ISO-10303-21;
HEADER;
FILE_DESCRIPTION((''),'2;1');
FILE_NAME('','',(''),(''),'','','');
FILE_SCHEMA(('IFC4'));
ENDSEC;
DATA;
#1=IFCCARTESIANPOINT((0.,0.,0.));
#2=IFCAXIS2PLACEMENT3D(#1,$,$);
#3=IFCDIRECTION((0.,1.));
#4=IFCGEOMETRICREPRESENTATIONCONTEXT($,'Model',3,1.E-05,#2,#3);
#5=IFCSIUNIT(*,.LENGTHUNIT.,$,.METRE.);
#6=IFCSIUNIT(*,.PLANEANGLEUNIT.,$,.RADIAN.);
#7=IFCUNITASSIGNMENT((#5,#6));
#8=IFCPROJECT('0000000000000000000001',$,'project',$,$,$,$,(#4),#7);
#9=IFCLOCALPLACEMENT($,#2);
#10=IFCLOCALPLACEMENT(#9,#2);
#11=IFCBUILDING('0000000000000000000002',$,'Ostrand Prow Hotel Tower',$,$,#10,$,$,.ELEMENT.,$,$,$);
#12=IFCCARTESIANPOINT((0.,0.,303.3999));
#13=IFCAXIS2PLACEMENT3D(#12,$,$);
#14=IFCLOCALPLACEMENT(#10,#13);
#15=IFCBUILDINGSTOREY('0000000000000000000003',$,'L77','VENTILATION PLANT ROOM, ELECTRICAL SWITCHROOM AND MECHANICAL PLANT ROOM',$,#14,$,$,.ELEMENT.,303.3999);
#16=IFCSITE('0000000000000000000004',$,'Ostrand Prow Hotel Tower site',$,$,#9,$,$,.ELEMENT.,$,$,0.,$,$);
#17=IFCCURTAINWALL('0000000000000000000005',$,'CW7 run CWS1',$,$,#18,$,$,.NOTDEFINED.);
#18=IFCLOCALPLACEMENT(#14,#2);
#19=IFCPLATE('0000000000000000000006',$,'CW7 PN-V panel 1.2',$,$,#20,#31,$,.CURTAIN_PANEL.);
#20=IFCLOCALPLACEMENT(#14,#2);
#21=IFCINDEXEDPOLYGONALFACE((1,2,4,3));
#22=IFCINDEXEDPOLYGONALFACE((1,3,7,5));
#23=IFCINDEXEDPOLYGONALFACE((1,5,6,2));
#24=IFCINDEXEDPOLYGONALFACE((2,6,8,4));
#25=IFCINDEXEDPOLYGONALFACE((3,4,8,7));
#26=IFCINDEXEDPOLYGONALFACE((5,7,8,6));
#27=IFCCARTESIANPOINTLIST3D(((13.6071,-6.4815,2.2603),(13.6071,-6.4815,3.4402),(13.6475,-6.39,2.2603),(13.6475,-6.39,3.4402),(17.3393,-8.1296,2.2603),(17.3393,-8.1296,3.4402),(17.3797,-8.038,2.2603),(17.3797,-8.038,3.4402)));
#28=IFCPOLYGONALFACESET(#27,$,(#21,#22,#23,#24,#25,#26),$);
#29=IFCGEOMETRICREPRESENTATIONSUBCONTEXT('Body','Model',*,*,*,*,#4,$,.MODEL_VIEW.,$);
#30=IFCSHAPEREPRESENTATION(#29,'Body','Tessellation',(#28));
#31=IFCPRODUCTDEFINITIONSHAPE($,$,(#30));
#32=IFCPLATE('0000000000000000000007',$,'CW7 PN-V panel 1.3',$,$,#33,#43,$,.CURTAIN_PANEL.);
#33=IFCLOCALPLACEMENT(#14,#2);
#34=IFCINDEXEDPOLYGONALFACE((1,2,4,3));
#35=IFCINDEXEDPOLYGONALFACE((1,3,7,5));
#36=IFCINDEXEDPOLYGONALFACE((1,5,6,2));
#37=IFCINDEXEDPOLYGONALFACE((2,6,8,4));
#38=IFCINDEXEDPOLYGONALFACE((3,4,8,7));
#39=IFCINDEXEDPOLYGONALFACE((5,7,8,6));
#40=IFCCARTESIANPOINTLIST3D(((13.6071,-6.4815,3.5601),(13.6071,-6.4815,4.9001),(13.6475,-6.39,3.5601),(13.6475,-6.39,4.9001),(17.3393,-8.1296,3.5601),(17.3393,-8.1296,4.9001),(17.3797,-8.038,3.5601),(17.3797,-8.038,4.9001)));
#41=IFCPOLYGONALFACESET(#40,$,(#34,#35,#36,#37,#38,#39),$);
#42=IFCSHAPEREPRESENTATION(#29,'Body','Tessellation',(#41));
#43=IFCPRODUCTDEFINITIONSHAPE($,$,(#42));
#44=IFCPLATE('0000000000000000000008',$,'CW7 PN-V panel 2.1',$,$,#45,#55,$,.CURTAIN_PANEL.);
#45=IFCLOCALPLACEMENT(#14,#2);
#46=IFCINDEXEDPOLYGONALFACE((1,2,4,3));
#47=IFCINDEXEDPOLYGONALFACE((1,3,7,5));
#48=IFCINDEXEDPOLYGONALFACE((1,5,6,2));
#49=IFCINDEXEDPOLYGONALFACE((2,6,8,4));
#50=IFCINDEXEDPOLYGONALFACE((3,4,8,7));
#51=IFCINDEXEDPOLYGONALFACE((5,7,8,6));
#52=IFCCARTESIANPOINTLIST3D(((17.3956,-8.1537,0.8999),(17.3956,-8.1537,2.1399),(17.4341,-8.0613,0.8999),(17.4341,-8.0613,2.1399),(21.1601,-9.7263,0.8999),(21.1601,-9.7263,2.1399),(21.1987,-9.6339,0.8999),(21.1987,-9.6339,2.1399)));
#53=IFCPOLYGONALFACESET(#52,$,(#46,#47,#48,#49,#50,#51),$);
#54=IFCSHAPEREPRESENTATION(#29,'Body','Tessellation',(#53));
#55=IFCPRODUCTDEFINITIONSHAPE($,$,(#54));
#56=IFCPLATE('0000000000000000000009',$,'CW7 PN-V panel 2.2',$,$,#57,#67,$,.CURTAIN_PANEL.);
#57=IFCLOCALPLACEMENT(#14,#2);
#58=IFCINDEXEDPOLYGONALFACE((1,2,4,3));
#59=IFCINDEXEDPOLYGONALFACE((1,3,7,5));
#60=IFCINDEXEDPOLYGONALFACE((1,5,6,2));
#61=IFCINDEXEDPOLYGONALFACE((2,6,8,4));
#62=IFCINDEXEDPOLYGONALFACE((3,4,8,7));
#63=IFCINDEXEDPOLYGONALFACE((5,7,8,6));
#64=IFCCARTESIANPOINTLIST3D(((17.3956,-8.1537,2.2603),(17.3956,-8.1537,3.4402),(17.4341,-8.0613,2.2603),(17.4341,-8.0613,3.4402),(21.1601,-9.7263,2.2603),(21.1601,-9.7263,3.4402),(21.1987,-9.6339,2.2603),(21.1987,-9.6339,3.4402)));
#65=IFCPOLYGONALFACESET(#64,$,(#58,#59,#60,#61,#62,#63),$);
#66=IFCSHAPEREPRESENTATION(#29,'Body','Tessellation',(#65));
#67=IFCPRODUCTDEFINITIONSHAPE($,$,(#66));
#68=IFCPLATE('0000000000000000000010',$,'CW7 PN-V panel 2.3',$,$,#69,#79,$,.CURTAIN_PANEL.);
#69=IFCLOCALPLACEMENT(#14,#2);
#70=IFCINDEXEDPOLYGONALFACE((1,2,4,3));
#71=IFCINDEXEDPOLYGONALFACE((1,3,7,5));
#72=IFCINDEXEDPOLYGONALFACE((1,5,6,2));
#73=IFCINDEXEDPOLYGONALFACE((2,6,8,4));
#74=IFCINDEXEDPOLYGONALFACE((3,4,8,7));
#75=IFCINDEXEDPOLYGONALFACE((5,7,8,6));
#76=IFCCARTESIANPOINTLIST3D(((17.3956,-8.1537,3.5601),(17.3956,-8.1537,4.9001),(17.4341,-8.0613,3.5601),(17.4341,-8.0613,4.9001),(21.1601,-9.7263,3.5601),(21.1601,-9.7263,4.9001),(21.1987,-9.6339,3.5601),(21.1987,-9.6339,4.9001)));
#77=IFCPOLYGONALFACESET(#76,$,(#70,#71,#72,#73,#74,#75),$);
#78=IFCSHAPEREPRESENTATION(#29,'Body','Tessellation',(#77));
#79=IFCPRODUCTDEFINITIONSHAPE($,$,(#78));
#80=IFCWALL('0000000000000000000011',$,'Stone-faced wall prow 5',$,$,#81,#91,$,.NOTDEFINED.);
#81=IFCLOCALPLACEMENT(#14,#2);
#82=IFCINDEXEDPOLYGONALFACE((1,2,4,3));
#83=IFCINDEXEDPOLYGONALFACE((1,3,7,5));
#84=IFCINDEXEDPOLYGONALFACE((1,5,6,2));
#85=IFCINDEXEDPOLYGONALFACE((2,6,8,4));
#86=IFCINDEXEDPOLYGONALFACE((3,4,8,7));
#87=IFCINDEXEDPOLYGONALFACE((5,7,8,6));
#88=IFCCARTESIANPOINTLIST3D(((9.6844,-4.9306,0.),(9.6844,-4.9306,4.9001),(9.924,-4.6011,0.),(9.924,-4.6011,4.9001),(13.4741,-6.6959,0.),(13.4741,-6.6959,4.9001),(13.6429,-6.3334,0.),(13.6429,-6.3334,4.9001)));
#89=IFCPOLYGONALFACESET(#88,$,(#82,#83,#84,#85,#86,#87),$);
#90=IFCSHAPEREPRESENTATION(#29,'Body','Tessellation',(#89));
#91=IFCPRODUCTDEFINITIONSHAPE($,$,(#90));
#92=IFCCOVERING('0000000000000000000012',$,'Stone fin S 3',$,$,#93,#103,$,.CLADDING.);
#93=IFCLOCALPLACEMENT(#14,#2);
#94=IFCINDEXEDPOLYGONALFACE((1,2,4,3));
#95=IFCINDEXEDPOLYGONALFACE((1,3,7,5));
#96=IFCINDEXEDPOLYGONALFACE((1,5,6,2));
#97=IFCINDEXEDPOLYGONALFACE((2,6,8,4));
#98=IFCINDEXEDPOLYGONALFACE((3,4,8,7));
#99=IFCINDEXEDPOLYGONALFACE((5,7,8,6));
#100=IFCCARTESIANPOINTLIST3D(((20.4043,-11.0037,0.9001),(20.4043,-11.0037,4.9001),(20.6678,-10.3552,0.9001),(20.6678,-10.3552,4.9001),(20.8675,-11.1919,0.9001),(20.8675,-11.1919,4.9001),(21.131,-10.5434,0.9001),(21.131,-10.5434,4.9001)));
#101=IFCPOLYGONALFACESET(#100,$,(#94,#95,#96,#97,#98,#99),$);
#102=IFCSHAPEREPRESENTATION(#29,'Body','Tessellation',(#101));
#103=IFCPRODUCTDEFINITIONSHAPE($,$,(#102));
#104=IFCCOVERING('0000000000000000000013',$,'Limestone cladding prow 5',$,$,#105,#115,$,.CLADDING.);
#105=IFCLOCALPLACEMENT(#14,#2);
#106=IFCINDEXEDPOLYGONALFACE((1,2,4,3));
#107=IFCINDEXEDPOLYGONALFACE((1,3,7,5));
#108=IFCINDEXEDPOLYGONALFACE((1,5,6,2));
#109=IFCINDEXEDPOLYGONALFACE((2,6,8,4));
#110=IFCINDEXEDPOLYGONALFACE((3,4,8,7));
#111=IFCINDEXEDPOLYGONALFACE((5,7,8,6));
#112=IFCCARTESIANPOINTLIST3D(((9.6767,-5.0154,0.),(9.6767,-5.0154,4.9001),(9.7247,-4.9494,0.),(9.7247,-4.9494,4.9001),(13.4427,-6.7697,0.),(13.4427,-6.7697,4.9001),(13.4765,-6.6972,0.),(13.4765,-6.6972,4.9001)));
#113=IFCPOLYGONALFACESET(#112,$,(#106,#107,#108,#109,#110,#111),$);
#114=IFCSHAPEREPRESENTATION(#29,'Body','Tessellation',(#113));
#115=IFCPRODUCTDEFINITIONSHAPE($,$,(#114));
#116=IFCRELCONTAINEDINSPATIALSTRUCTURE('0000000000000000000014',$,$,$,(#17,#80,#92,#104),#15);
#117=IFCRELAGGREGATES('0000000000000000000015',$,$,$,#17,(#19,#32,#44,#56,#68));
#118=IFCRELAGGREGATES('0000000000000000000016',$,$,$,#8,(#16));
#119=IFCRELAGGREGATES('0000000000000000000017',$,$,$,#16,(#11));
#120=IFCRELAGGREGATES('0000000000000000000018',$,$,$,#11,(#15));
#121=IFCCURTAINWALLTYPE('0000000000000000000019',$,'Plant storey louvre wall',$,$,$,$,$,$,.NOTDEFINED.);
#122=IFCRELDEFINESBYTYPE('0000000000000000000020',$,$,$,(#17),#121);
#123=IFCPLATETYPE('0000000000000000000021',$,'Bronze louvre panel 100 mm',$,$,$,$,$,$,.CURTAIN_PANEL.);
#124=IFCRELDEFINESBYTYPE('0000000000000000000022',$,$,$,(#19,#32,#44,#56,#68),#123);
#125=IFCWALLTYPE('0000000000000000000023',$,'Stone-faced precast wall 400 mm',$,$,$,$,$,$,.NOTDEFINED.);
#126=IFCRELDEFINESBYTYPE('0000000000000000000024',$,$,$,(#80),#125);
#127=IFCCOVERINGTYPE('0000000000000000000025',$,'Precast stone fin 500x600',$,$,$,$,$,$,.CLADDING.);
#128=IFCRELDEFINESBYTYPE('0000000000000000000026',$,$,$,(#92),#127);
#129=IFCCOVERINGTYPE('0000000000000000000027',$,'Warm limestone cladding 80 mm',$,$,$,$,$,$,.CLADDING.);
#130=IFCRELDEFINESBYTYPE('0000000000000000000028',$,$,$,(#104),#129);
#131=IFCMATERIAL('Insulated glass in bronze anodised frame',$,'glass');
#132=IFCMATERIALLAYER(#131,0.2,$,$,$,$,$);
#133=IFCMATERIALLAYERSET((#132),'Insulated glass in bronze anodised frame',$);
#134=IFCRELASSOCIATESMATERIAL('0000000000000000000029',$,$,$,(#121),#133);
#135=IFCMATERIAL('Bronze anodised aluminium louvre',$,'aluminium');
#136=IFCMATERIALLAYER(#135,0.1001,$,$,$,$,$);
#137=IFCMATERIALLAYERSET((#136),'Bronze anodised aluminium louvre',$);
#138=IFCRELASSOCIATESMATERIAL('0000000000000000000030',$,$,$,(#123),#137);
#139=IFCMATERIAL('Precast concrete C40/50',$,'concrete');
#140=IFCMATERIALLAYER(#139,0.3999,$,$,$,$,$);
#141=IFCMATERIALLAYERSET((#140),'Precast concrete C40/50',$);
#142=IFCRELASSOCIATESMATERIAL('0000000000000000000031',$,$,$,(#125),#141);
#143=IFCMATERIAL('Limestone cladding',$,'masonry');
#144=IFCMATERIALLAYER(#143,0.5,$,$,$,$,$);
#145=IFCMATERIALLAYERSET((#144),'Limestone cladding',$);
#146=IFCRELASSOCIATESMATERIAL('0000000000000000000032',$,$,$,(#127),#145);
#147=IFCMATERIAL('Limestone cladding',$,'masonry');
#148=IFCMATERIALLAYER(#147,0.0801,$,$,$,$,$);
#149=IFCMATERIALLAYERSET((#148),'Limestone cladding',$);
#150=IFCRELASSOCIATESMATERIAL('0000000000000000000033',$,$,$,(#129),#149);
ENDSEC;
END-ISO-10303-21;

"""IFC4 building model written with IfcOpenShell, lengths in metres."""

from ifc_helpers import new_model, si_unit, direction, frame, frame_2d, origin, origin_2d, place, context, subcontext, project, spatial, polyline, rectangle, outline, extrude, material, layer, layer_set, type_object, element, aggregate, save


model = new_model("IFC4")

# Units and contexts
model_context = context("Model", 3, precision=1e-05, world=origin(), true_north=direction((0.0, 1.0)))
body_context = subcontext(model_context, "Body", "Model", "MODEL_VIEW")
ifc_project = project(units=[si_unit("LENGTHUNIT", "METRE"), si_unit("PLANEANGLEUNIT", "RADIAN")], contexts=[model_context])

# Site, building, storey
site_placement = place(None, origin())
site = spatial("IfcSite", under=ifc_project, at=site_placement, Name="Ostrand Prow Hotel Tower site", CompositionType="ELEMENT", RefElevation=0.0)
building_placement = place(site_placement, origin())
building = spatial("IfcBuilding", under=site, at=building_placement, Name="Ostrand Prow Hotel Tower", CompositionType="ELEMENT")
storey_placement = place(building_placement, frame((0.0, 0.0, 303.3999)))
storey = spatial("IfcBuildingStorey", under=building, at=storey_placement, Name="L77", Description="VENTILATION PLANT ROOM, ELECTRICAL SWITCHROOM AND MECHANICAL PLANT ROOM", CompositionType="ELEMENT", Elevation=303.3999)

# Curtain wall
ifc_material_1 = material(Name="Insulated glass in bronze anodised frame", Category="glass")
ifc_layer_1 = layer(ifc_material_1, 0.2)
ifc_layer_set_1 = layer_set([ifc_layer_1], Name="Insulated glass in bronze anodised frame")
curtain_wall_type = type_object("IfcCurtainWallType", Name="Plant storey louvre wall", PredefinedType="NOTDEFINED", material=ifc_layer_set_1)
curtain_wall_1_placement = place(storey_placement, origin())
curtain_wall_1 = element("IfcCurtainWall", 1, at=curtain_wall_1_placement, inside=storey, type_object=curtain_wall_type, Name="CW7 run CWS1", PredefinedType="NOTDEFINED")

# Plates
ifc_material_2 = material(Name="Bronze anodised aluminium louvre", Category="aluminium")
ifc_layer_2 = layer(ifc_material_2, 0.1001)
ifc_layer_set_2 = layer_set([ifc_layer_2], Name="Bronze anodised aluminium louvre")
plate_type = type_object("IfcPlateType", Name="Bronze louvre panel 100 mm", PredefinedType="CURTAIN_PANEL", material=ifc_layer_set_2)
plate_1_placement = place(storey_placement, frame((15.4934, -7.2598, 2.2603), z_axis=(0.0, 0.0, 1.0), x_axis=(0.914786, -0.40394, 0.0)))
plate_1 = element("IfcPlate", 2, at=plate_1_placement, type_object=plate_type, Name="CW7 PN-V panel 1.2", PredefinedType="CURTAIN_PANEL", context=body_context, shape_type="SweptSolid", body=[
    extrude(rectangle(XDim=4.0798, YDim=0.1001, at=origin_2d()), origin(), (0.0, 0.0, 1.0), 1.1799),
])
plate_2_placement = place(storey_placement, frame((15.4934, -7.2598, 3.5601), z_axis=(0.0, 0.0, 1.0), x_axis=(0.914786, -0.40394, 0.0)))
plate_2 = element("IfcPlate", 3, at=plate_2_placement, type_object=plate_type, Name="CW7 PN-V panel 1.3", PredefinedType="CURTAIN_PANEL", context=body_context, shape_type="SweptSolid", body=[
    extrude(rectangle(XDim=4.0798, YDim=0.1001, at=origin_2d()), origin(), (0.0, 0.0, 1.0), 1.3401),
])
plate_3_placement = place(storey_placement, frame((19.2971, -8.8938, 0.8999), z_axis=(0.0, 0.0, 1.0), x_axis=(0.92272, -0.385471, 0.0)))
plate_3 = element("IfcPlate", 4, at=plate_3_placement, type_object=plate_type, Name="CW7 PN-V panel 2.1", PredefinedType="CURTAIN_PANEL", context=body_context, shape_type="SweptSolid", body=[
    extrude(rectangle(XDim=4.0798, YDim=0.1001, at=origin_2d()), origin(), (0.0, 0.0, 1.0), 1.24),
])
plate_4_placement = place(storey_placement, frame((19.2971, -8.8938, 2.2603), z_axis=(0.0, 0.0, 1.0), x_axis=(0.92272, -0.385471, 0.0)))
plate_4 = element("IfcPlate", 5, at=plate_4_placement, type_object=plate_type, Name="CW7 PN-V panel 2.2", PredefinedType="CURTAIN_PANEL", context=body_context, shape_type="SweptSolid", body=[
    extrude(rectangle(XDim=4.0798, YDim=0.1001, at=origin_2d()), origin(), (0.0, 0.0, 1.0), 1.1799),
])
plate_5_placement = place(storey_placement, frame((19.2971, -8.8938, 3.5601), z_axis=(0.0, 0.0, 1.0), x_axis=(0.92272, -0.385471, 0.0)))
plate_5 = element("IfcPlate", 6, at=plate_5_placement, type_object=plate_type, Name="CW7 PN-V panel 2.3", PredefinedType="CURTAIN_PANEL", context=body_context, shape_type="SweptSolid", body=[
    extrude(rectangle(XDim=4.0798, YDim=0.1001, at=origin_2d()), origin(), (0.0, 0.0, 1.0), 1.3401),
])
aggregate(curtain_wall_1, [plate_1, plate_2, plate_3, plate_4, plate_5])

# Wall
ifc_material_3 = material(Name="Precast concrete C40/50", Category="concrete")
ifc_layer_3 = layer(ifc_material_3, 0.3999)
ifc_layer_set_3 = layer_set([ifc_layer_3], Name="Precast concrete C40/50")
wall_type = type_object("IfcWallType", Name="Stone-faced precast wall 400 mm", PredefinedType="NOTDEFINED", material=ifc_layer_set_3)
wall_placement = place(storey_placement, frame((9.8042, -4.7659, 0.0), z_axis=(0.0, 0.0, 1.0), x_axis=(0.906486, -0.422237, 0.0)))
element("IfcWall", 7, at=wall_placement, inside=storey, type_object=wall_type, Name="Stone-faced wall prow 5", PredefinedType="NOTDEFINED", context=body_context, shape_type="SweptSolid", body=[
    extrude(outline(polyline([(-0.0391, -0.2), (4.1416, -0.2), (4.1416, 0.2), (0.0391, 0.2), (-0.0391, -0.2)])), origin(), (0.0, 0.0, 1.0), 4.9001),
])

# Coverings
ifc_material_4 = material(Name="Limestone cladding", Category="masonry")
ifc_layer_4 = layer(ifc_material_4, 0.5)
ifc_layer_set_4 = layer_set([ifc_layer_4], Name="Limestone cladding")
covering_type_1 = type_object("IfcCoveringType", Name="Precast stone fin 500x600", PredefinedType="CLADDING", material=ifc_layer_set_4)
covering_1_placement = place(storey_placement, frame((20.8994, -10.4492, 0.9001), z_axis=(0.0, 0.0, 1.0), x_axis=(-0.376377, -0.926467, 0.0)))
element("IfcCovering", 8, at=covering_1_placement, inside=storey, type_object=covering_type_1, Name="Stone fin S 3", PredefinedType="CLADDING", context=body_context, shape_type="SweptSolid", body=[
    extrude(rectangle(XDim=0.7, YDim=0.5, at=frame_2d((0.3501, 0.0))), origin(), (0.0, 0.0, 1.0), 4.0),
])
ifc_material_5 = material(Name="Limestone cladding", Category="masonry")
ifc_layer_5 = layer(ifc_material_5, 0.0801)
ifc_layer_set_5 = layer_set([ifc_layer_5], Name="Limestone cladding")
covering_type_2 = type_object("IfcCoveringType", Name="Warm limestone cladding 80 mm", PredefinedType="CLADDING", material=ifc_layer_set_5)
covering_2_placement = place(storey_placement, frame((9.7007, -4.9824, 0.0), z_axis=(0.0, 0.0, 1.0), x_axis=(0.906472, -0.422267, 0.0)))
element("IfcCovering", 9, at=covering_2_placement, inside=storey, type_object=covering_type_2, Name="Limestone cladding prow 5", PredefinedType="CLADDING", context=body_context, shape_type="SweptSolid", body=[
    extrude(outline(polyline([(-0.0078, -0.04), (4.1467, -0.04), (4.1467, 0.04), (0.0078, 0.04), (-0.0078, -0.04)])), origin(), (0.0, 0.0, 1.0), 4.9001),
])

save(model, "model.ifc")
